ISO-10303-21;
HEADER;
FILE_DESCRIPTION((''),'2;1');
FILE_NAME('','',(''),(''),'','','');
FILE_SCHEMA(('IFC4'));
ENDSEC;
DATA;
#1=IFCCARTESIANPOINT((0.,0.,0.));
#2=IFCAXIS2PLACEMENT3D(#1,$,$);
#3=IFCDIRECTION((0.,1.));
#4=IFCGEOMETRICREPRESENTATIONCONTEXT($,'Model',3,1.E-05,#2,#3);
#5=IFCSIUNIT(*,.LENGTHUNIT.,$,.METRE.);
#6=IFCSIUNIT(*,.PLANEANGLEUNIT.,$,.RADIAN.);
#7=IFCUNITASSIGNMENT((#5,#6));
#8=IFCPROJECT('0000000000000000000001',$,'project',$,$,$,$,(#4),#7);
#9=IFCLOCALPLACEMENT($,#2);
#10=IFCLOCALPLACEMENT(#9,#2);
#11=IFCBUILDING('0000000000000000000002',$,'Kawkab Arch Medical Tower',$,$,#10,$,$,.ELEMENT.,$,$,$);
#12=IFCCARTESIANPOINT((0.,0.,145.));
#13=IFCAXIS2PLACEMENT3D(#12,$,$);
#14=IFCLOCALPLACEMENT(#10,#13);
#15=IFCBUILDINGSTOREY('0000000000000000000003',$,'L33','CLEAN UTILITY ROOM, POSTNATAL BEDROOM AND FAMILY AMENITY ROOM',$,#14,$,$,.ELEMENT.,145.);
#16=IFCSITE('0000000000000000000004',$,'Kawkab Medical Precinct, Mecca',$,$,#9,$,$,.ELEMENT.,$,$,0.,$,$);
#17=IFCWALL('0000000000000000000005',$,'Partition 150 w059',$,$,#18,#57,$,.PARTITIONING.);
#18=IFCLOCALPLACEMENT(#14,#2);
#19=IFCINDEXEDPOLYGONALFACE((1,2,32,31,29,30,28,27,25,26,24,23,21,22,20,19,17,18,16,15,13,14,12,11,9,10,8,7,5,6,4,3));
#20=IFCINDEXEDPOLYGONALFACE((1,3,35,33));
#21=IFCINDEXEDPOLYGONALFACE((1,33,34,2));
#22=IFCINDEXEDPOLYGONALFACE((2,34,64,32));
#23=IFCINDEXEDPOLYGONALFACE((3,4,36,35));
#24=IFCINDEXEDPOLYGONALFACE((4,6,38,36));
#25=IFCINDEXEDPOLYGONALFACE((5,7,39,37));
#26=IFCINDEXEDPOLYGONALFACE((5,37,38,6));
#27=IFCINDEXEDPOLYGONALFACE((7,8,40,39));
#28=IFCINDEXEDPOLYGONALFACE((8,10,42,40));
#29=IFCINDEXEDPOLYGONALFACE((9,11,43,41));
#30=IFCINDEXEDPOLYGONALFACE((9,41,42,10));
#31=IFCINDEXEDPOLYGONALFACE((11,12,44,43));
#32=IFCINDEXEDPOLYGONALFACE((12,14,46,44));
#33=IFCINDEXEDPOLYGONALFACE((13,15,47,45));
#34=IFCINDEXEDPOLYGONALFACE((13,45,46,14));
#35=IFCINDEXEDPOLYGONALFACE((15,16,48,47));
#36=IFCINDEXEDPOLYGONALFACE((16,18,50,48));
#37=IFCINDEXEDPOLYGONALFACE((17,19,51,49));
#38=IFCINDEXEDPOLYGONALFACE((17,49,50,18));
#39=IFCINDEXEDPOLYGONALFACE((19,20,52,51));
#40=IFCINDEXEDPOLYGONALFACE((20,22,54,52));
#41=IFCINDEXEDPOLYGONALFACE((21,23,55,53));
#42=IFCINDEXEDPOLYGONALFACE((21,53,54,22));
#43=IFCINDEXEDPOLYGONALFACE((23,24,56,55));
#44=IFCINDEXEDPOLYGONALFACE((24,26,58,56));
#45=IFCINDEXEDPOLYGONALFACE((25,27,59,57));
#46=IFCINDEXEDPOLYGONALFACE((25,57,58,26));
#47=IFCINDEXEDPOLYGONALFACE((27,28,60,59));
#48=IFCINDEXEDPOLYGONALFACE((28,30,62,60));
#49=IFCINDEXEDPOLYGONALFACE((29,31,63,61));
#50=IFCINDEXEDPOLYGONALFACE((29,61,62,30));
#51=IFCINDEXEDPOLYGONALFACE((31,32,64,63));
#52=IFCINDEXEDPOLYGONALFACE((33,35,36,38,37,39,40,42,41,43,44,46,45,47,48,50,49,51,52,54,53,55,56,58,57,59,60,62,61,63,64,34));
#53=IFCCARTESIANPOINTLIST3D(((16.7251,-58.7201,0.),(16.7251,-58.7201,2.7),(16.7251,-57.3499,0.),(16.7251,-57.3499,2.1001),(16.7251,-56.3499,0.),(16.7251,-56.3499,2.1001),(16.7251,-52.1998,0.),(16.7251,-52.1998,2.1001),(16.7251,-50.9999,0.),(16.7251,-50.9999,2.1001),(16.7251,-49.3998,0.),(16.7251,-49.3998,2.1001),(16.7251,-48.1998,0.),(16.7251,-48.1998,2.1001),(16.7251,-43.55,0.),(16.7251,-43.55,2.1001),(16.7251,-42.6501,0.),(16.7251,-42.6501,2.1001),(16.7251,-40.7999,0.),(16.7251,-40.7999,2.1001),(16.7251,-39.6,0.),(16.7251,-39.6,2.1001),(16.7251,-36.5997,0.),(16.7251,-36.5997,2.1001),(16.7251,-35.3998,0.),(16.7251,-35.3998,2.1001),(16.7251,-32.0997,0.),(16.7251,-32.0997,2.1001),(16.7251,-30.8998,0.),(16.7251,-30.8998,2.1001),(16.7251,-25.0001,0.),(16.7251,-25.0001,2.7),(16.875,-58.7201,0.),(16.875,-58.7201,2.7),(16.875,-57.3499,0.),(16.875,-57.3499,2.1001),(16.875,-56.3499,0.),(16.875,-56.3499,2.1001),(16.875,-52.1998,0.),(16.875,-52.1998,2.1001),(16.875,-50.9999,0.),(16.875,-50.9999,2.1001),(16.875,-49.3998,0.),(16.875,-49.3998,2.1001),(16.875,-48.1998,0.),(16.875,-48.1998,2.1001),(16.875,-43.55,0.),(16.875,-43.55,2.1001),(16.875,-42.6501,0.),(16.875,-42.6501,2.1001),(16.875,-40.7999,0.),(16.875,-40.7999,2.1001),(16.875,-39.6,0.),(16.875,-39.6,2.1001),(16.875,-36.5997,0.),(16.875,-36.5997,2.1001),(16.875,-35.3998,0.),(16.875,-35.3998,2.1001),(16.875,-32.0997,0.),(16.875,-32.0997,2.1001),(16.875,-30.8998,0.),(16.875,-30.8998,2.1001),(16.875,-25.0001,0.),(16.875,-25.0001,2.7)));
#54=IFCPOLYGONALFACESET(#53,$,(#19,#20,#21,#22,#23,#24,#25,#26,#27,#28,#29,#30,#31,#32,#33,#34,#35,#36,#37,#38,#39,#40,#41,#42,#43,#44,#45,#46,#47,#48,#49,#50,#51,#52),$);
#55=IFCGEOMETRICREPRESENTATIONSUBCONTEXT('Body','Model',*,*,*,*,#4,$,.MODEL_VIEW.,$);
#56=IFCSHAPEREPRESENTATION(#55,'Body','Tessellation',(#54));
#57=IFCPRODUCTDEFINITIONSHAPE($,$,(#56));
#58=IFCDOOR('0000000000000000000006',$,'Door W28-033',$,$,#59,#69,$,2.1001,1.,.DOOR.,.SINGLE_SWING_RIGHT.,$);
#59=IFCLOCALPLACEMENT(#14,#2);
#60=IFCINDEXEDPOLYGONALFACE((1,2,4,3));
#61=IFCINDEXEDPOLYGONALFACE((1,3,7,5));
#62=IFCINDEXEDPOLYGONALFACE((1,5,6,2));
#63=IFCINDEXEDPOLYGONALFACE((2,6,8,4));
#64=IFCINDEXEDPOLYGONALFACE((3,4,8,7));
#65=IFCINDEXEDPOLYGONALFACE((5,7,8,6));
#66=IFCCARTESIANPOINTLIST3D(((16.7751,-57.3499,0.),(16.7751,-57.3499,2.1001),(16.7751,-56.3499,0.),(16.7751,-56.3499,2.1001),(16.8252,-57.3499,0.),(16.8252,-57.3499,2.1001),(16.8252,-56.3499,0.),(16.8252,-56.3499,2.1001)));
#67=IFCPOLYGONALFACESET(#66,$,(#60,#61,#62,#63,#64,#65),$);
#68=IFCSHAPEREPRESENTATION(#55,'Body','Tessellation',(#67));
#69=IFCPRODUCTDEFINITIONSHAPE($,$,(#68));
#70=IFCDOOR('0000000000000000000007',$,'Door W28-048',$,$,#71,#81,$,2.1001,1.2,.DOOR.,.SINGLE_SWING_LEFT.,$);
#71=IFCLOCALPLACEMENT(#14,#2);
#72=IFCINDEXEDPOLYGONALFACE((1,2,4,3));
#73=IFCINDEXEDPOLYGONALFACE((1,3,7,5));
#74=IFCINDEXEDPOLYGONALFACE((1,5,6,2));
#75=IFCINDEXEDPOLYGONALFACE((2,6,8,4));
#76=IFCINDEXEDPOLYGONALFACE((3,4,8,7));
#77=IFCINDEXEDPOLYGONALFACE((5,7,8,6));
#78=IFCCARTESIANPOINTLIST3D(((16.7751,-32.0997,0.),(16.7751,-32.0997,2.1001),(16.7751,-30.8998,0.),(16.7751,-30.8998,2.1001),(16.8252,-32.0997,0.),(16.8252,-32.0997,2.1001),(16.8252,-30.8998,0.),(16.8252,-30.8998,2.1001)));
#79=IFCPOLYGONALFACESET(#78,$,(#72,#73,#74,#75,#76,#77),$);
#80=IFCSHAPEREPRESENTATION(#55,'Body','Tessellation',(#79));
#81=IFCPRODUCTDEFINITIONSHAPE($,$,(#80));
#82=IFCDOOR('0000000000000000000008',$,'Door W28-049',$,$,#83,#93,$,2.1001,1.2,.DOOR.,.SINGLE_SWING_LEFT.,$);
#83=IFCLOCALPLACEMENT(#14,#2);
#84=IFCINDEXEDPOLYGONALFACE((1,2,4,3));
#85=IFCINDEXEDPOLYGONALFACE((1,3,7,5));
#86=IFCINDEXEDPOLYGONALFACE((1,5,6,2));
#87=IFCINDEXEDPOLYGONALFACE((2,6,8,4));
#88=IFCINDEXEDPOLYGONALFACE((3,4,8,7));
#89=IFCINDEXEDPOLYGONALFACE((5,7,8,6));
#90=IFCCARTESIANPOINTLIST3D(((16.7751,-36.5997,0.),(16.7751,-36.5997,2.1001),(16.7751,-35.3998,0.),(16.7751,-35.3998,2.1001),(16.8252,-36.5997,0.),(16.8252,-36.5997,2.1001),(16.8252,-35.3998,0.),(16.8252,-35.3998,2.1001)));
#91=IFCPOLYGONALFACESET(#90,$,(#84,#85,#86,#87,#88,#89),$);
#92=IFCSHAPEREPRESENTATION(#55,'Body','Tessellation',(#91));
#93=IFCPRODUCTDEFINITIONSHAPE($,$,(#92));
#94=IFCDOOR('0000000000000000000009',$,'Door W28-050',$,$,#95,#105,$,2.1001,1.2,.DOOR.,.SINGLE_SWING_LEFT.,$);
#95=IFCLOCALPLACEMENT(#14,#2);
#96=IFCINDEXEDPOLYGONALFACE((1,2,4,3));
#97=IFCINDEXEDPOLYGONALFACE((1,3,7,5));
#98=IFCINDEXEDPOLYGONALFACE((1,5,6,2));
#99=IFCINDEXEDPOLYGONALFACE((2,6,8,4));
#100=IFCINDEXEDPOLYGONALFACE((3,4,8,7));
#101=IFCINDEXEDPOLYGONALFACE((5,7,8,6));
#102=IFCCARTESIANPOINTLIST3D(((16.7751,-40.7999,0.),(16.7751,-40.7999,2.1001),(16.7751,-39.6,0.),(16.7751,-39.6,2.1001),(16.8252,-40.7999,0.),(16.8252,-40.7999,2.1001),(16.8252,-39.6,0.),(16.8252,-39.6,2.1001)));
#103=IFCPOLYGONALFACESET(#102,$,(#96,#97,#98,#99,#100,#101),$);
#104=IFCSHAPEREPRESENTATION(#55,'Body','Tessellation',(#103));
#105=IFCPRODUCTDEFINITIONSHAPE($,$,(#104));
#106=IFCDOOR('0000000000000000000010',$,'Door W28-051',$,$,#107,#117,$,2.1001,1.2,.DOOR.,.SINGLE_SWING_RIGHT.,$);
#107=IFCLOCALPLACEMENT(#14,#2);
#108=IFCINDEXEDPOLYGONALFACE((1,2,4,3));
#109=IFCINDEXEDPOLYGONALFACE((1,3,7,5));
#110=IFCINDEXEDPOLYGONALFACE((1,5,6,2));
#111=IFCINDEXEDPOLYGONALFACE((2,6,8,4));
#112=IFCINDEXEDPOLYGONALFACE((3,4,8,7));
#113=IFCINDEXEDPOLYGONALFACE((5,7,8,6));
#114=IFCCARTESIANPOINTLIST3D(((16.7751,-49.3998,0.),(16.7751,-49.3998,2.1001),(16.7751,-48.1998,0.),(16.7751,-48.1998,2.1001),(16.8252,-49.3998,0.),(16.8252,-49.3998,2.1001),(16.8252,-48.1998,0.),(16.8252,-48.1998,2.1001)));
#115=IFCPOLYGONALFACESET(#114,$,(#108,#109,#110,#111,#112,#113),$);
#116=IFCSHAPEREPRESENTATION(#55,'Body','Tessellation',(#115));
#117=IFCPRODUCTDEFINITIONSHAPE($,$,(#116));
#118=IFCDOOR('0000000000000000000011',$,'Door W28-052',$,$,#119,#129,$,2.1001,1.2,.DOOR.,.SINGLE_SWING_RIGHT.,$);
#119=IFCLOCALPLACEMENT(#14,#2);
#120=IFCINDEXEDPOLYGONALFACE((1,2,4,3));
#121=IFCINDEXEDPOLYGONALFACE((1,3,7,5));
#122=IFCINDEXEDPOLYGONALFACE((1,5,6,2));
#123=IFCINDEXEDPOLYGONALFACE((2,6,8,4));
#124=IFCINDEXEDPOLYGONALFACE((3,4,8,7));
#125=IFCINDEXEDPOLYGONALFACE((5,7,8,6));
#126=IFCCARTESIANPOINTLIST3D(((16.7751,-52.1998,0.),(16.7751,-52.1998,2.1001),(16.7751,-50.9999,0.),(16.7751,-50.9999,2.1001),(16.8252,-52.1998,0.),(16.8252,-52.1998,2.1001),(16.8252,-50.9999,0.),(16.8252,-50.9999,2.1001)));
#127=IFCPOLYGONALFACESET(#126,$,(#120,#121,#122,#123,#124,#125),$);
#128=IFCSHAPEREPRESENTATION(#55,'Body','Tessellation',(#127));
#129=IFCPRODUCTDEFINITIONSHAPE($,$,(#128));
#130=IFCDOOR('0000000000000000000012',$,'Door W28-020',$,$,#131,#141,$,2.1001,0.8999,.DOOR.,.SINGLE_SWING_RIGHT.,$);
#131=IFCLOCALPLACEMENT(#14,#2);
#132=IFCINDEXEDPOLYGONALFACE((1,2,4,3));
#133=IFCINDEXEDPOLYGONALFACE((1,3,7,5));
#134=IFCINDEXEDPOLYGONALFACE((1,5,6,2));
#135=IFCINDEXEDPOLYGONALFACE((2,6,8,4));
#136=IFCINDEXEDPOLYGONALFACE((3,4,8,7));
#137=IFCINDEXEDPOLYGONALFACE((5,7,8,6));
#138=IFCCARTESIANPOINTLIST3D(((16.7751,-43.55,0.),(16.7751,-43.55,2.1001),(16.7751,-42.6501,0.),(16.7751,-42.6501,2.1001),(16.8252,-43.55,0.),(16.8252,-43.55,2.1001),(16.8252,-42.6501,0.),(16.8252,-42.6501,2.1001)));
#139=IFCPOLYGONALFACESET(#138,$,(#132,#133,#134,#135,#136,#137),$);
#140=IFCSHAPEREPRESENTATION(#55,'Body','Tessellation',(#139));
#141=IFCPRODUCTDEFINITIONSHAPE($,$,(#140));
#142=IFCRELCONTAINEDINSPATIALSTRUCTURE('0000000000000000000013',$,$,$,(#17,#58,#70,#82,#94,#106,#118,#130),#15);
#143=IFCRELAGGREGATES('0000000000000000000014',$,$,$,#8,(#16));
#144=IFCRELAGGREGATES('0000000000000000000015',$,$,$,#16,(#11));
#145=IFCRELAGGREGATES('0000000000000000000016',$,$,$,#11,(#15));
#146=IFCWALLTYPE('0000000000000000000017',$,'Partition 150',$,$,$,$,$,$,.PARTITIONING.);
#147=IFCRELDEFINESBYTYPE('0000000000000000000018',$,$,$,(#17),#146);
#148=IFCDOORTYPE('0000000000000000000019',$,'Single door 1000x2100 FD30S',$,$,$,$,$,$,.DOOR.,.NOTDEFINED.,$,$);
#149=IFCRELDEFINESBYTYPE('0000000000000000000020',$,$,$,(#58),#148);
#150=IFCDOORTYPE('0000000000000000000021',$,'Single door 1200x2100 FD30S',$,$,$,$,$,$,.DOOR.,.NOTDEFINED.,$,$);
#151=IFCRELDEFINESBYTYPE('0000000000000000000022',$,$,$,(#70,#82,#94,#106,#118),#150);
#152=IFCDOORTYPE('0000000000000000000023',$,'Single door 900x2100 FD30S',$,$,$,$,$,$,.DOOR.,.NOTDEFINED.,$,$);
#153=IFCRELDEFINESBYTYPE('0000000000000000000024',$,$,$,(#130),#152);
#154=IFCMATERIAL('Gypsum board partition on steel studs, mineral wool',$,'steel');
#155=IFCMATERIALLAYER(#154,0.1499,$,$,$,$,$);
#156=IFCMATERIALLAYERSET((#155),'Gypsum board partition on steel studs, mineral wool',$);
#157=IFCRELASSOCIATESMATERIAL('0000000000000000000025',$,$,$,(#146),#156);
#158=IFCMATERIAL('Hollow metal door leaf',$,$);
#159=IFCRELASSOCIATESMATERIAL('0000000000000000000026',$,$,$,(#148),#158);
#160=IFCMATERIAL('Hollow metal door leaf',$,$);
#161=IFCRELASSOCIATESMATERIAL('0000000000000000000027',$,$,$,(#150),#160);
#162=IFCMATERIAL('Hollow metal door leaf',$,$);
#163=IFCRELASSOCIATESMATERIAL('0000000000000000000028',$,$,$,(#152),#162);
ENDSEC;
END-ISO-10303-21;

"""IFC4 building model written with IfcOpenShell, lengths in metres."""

from ifc_helpers import new_model, si_unit, direction, frame, frame_2d, origin, place, context, subcontext, project, spatial, rectangle, extrude, material, layer, layer_set, type_object, element, fill, save


model = new_model("IFC4")

# Units and contexts
model_context = context("Model", 3, precision=1e-05, world=origin(), true_north=direction((0.0, 1.0)))
body_context = subcontext(model_context, "Body", "Model", "MODEL_VIEW")
ifc_project = project(units=[si_unit("LENGTHUNIT", "METRE"), si_unit("PLANEANGLEUNIT", "RADIAN")], contexts=[model_context])

# Site, building, storey
site_placement = place(None, origin())
site = spatial("IfcSite", under=ifc_project, at=site_placement, Name="Kawkab Medical Precinct, Mecca", CompositionType="ELEMENT", RefElevation=0.0)
building_placement = place(site_placement, origin())
building = spatial("IfcBuilding", under=site, at=building_placement, Name="Kawkab Arch Medical Tower", CompositionType="ELEMENT")
storey_placement = place(building_placement, frame((0.0, 0.0, 145.0)))
storey = spatial("IfcBuildingStorey", under=building, at=storey_placement, Name="L33", Description="CLEAN UTILITY ROOM, POSTNATAL BEDROOM AND FAMILY AMENITY ROOM", CompositionType="ELEMENT", Elevation=145.0)

# Wall, openings, doors
ifc_material_1 = material(Name="Gypsum board partition on steel studs, mineral wool", Category="steel")
ifc_layer_1 = layer(ifc_material_1, 0.1499)
ifc_layer_set_1 = layer_set([ifc_layer_1], Name="Gypsum board partition on steel studs, mineral wool")
wall_type = type_object("IfcWallType", Name="Partition 150", PredefinedType="PARTITIONING", material=ifc_layer_set_1)
wall_placement = place(storey_placement, frame((16.8, -58.72, 0.0), z_axis=(0.0, 0.0, 1.0), x_axis=(0.0, 1.0, 0.0)))
wall = element("IfcWall", 1, at=wall_placement, inside=storey, type_object=wall_type, Name="Partition 150 w059", PredefinedType="PARTITIONING", context=body_context, shape_type="SweptSolid", body=[
    extrude(rectangle(XDim=33.72, YDim=0.1499, at=frame_2d((16.8599, 0.0))), origin(), (0.0, 0.0, 1.0), 2.7),
])
opening_1_placement = place(wall_placement, frame((26.6201, 0.0, 0.0)))
opening_1 = element("IfcOpeningElement", 2, at=opening_1_placement, cuts=wall, PredefinedType="OPENING", context=body_context, shape_type="SweptSolid", body=[
    extrude(rectangle(XDim=1.2, YDim=2.1001, at=frame_2d((0.6001, 1.05))), frame((0.0, 0.085, 0.0), z_axis=(0.0, -1.0, 0.0), x_axis=(1.0, 0.0, 0.0)), (0.0, 0.0, 1.0), 0.1699),
])
opening_2_placement = place(wall_placement, frame((22.1201, 0.0, 0.0)))
opening_2 = element("IfcOpeningElement", 3, at=opening_2_placement, cuts=wall, PredefinedType="OPENING", context=body_context, shape_type="SweptSolid", body=[
    extrude(rectangle(XDim=1.2, YDim=2.1001, at=frame_2d((0.6001, 1.05))), frame((0.0, 0.085, 0.0), z_axis=(0.0, -1.0, 0.0), x_axis=(1.0, 0.0, 0.0)), (0.0, 0.0, 1.0), 0.1699),
])
opening_3_placement = place(wall_placement, frame((17.9199, 0.0, 0.0)))
opening_3 = element("IfcOpeningElement", 4, at=opening_3_placement, cuts=wall, PredefinedType="OPENING", context=body_context, shape_type="SweptSolid", body=[
    extrude(rectangle(XDim=1.2, YDim=2.1001, at=frame_2d((0.6001, 1.05))), frame((0.0, 0.085, 0.0), z_axis=(0.0, -1.0, 0.0), x_axis=(1.0, 0.0, 0.0)), (0.0, 0.0, 1.0), 0.1699),
])
opening_4_placement = place(wall_placement, frame((15.1699, 0.0, 0.0)))
opening_4 = element("IfcOpeningElement", 5, at=opening_4_placement, cuts=wall, PredefinedType="OPENING", context=body_context, shape_type="SweptSolid", body=[
    extrude(rectangle(XDim=0.8999, YDim=2.1001, at=frame_2d((0.45, 1.05))), frame((0.0, 0.085, 0.0), z_axis=(0.0, -1.0, 0.0), x_axis=(1.0, 0.0, 0.0)), (0.0, 0.0, 1.0), 0.1699),
])
opening_5_placement = place(wall_placement, frame((9.3201, 0.0, 0.0)))
opening_5 = element("IfcOpeningElement", 6, at=opening_5_placement, cuts=wall, PredefinedType="OPENING", context=body_context, shape_type="SweptSolid", body=[
    extrude(rectangle(XDim=1.2, YDim=2.1001, at=frame_2d((0.6001, 1.05))), frame((0.0, 0.085, 0.0), z_axis=(0.0, -1.0, 0.0), x_axis=(1.0, 0.0, 0.0)), (0.0, 0.0, 1.0), 0.1699),
])
opening_6_placement = place(wall_placement, frame((6.52, 0.0, 0.0)))
opening_6 = element("IfcOpeningElement", 7, at=opening_6_placement, cuts=wall, PredefinedType="OPENING", context=body_context, shape_type="SweptSolid", body=[
    extrude(rectangle(XDim=1.2, YDim=2.1001, at=frame_2d((0.6001, 1.05))), frame((0.0, 0.085, 0.0), z_axis=(0.0, -1.0, 0.0), x_axis=(1.0, 0.0, 0.0)), (0.0, 0.0, 1.0), 0.1699),
])
opening_7_placement = place(wall_placement, frame((1.3701, 0.0, 0.0)))
opening_7 = element("IfcOpeningElement", 8, at=opening_7_placement, cuts=wall, PredefinedType="OPENING", context=body_context, shape_type="SweptSolid", body=[
    extrude(rectangle(XDim=1.0, YDim=2.1001, at=frame_2d((0.5, 1.05))), frame((0.0, 0.085, 0.0), z_axis=(0.0, -1.0, 0.0), x_axis=(1.0, 0.0, 0.0)), (0.0, 0.0, 1.0), 0.1699),
])
ifc_material_2 = material(Name="Hollow metal door leaf")
door_type_1 = type_object("IfcDoorType", Name="Single door 1000x2100 FD30S", OperationType="NOTDEFINED", PredefinedType="DOOR", material=ifc_material_2)
door_1_placement = place(opening_7_placement, origin())
door_1 = element("IfcDoor", 9, at=door_1_placement, inside=storey, type_object=door_type_1, Name="Door W28-033", OperationType="SINGLE_SWING_RIGHT", OverallHeight=2.1001, OverallWidth=1.0, PredefinedType="DOOR", context=body_context, shape_type="SweptSolid", body=[
    extrude(rectangle(XDim=1.0, YDim=2.1001, at=frame_2d((0.5, 1.05))), frame((0.0, 0.0249, 0.0), z_axis=(0.0, -1.0, 0.0), x_axis=(1.0, 0.0, 0.0)), (0.0, 0.0, 1.0), 0.05),
])
fill(opening_7, door_1)
ifc_material_3 = material(Name="Hollow metal door leaf")
door_type_2 = type_object("IfcDoorType", Name="Single door 1200x2100 FD30S", OperationType="NOTDEFINED", PredefinedType="DOOR", material=ifc_material_3)
door_2_placement = place(opening_1_placement, origin())
door_2 = element("IfcDoor", 10, at=door_2_placement, inside=storey, type_object=door_type_2, Name="Door W28-048", OperationType="SINGLE_SWING_LEFT", OverallHeight=2.1001, OverallWidth=1.2, PredefinedType="DOOR", context=body_context, shape_type="SweptSolid", body=[
    extrude(rectangle(XDim=1.2, YDim=2.1001, at=frame_2d((0.6001, 1.05))), frame((0.0, 0.0249, 0.0), z_axis=(0.0, -1.0, 0.0), x_axis=(1.0, 0.0, 0.0)), (0.0, 0.0, 1.0), 0.05),
])
fill(opening_1, door_2)
door_3_placement = place(opening_2_placement, origin())
door_3 = element("IfcDoor", 11, at=door_3_placement, inside=storey, type_object=door_type_2, Name="Door W28-049", OperationType="SINGLE_SWING_LEFT", OverallHeight=2.1001, OverallWidth=1.2, PredefinedType="DOOR", context=body_context, shape_type="SweptSolid", body=[
    extrude(rectangle(XDim=1.2, YDim=2.1001, at=frame_2d((0.6001, 1.05))), frame((0.0, 0.0249, 0.0), z_axis=(0.0, -1.0, 0.0), x_axis=(1.0, 0.0, 0.0)), (0.0, 0.0, 1.0), 0.05),
])
fill(opening_2, door_3)
door_4_placement = place(opening_3_placement, origin())
door_4 = element("IfcDoor", 12, at=door_4_placement, inside=storey, type_object=door_type_2, Name="Door W28-050", OperationType="SINGLE_SWING_LEFT", OverallHeight=2.1001, OverallWidth=1.2, PredefinedType="DOOR", context=body_context, shape_type="SweptSolid", body=[
    extrude(rectangle(XDim=1.2, YDim=2.1001, at=frame_2d((0.6001, 1.05))), frame((0.0, 0.0249, 0.0), z_axis=(0.0, -1.0, 0.0), x_axis=(1.0, 0.0, 0.0)), (0.0, 0.0, 1.0), 0.05),
])
fill(opening_3, door_4)
door_5_placement = place(opening_5_placement, origin())
door_5 = element("IfcDoor", 13, at=door_5_placement, inside=storey, type_object=door_type_2, Name="Door W28-051", OperationType="SINGLE_SWING_RIGHT", OverallHeight=2.1001, OverallWidth=1.2, PredefinedType="DOOR", context=body_context, shape_type="SweptSolid", body=[
    extrude(rectangle(XDim=1.2, YDim=2.1001, at=frame_2d((0.6001, 1.05))), frame((0.0, 0.0249, 0.0), z_axis=(0.0, -1.0, 0.0), x_axis=(1.0, 0.0, 0.0)), (0.0, 0.0, 1.0), 0.05),
])
fill(opening_5, door_5)
door_6_placement = place(opening_6_placement, origin())
door_6 = element("IfcDoor", 14, at=door_6_placement, inside=storey, type_object=door_type_2, Name="Door W28-052", OperationType="SINGLE_SWING_RIGHT", OverallHeight=2.1001, OverallWidth=1.2, PredefinedType="DOOR", context=body_context, shape_type="SweptSolid", body=[
    extrude(rectangle(XDim=1.2, YDim=2.1001, at=frame_2d((0.6001, 1.05))), frame((0.0, 0.0249, 0.0), z_axis=(0.0, -1.0, 0.0), x_axis=(1.0, 0.0, 0.0)), (0.0, 0.0, 1.0), 0.05),
])
fill(opening_6, door_6)
ifc_material_4 = material(Name="Hollow metal door leaf")
door_type_3 = type_object("IfcDoorType", Name="Single door 900x2100 FD30S", OperationType="NOTDEFINED", PredefinedType="DOOR", material=ifc_material_4)
door_7_placement = place(opening_4_placement, origin())
door_7 = element("IfcDoor", 15, at=door_7_placement, inside=storey, type_object=door_type_3, Name="Door W28-020", OperationType="SINGLE_SWING_RIGHT", OverallHeight=2.1001, OverallWidth=0.8999, PredefinedType="DOOR", context=body_context, shape_type="SweptSolid", body=[
    extrude(rectangle(XDim=0.8999, YDim=2.1001, at=frame_2d((0.45, 1.05))), frame((0.0, 0.0249, 0.0), z_axis=(0.0, -1.0, 0.0), x_axis=(1.0, 0.0, 0.0)), (0.0, 0.0, 1.0), 0.05),
])
fill(opening_4, door_7)

save(model, "model.ifc")
